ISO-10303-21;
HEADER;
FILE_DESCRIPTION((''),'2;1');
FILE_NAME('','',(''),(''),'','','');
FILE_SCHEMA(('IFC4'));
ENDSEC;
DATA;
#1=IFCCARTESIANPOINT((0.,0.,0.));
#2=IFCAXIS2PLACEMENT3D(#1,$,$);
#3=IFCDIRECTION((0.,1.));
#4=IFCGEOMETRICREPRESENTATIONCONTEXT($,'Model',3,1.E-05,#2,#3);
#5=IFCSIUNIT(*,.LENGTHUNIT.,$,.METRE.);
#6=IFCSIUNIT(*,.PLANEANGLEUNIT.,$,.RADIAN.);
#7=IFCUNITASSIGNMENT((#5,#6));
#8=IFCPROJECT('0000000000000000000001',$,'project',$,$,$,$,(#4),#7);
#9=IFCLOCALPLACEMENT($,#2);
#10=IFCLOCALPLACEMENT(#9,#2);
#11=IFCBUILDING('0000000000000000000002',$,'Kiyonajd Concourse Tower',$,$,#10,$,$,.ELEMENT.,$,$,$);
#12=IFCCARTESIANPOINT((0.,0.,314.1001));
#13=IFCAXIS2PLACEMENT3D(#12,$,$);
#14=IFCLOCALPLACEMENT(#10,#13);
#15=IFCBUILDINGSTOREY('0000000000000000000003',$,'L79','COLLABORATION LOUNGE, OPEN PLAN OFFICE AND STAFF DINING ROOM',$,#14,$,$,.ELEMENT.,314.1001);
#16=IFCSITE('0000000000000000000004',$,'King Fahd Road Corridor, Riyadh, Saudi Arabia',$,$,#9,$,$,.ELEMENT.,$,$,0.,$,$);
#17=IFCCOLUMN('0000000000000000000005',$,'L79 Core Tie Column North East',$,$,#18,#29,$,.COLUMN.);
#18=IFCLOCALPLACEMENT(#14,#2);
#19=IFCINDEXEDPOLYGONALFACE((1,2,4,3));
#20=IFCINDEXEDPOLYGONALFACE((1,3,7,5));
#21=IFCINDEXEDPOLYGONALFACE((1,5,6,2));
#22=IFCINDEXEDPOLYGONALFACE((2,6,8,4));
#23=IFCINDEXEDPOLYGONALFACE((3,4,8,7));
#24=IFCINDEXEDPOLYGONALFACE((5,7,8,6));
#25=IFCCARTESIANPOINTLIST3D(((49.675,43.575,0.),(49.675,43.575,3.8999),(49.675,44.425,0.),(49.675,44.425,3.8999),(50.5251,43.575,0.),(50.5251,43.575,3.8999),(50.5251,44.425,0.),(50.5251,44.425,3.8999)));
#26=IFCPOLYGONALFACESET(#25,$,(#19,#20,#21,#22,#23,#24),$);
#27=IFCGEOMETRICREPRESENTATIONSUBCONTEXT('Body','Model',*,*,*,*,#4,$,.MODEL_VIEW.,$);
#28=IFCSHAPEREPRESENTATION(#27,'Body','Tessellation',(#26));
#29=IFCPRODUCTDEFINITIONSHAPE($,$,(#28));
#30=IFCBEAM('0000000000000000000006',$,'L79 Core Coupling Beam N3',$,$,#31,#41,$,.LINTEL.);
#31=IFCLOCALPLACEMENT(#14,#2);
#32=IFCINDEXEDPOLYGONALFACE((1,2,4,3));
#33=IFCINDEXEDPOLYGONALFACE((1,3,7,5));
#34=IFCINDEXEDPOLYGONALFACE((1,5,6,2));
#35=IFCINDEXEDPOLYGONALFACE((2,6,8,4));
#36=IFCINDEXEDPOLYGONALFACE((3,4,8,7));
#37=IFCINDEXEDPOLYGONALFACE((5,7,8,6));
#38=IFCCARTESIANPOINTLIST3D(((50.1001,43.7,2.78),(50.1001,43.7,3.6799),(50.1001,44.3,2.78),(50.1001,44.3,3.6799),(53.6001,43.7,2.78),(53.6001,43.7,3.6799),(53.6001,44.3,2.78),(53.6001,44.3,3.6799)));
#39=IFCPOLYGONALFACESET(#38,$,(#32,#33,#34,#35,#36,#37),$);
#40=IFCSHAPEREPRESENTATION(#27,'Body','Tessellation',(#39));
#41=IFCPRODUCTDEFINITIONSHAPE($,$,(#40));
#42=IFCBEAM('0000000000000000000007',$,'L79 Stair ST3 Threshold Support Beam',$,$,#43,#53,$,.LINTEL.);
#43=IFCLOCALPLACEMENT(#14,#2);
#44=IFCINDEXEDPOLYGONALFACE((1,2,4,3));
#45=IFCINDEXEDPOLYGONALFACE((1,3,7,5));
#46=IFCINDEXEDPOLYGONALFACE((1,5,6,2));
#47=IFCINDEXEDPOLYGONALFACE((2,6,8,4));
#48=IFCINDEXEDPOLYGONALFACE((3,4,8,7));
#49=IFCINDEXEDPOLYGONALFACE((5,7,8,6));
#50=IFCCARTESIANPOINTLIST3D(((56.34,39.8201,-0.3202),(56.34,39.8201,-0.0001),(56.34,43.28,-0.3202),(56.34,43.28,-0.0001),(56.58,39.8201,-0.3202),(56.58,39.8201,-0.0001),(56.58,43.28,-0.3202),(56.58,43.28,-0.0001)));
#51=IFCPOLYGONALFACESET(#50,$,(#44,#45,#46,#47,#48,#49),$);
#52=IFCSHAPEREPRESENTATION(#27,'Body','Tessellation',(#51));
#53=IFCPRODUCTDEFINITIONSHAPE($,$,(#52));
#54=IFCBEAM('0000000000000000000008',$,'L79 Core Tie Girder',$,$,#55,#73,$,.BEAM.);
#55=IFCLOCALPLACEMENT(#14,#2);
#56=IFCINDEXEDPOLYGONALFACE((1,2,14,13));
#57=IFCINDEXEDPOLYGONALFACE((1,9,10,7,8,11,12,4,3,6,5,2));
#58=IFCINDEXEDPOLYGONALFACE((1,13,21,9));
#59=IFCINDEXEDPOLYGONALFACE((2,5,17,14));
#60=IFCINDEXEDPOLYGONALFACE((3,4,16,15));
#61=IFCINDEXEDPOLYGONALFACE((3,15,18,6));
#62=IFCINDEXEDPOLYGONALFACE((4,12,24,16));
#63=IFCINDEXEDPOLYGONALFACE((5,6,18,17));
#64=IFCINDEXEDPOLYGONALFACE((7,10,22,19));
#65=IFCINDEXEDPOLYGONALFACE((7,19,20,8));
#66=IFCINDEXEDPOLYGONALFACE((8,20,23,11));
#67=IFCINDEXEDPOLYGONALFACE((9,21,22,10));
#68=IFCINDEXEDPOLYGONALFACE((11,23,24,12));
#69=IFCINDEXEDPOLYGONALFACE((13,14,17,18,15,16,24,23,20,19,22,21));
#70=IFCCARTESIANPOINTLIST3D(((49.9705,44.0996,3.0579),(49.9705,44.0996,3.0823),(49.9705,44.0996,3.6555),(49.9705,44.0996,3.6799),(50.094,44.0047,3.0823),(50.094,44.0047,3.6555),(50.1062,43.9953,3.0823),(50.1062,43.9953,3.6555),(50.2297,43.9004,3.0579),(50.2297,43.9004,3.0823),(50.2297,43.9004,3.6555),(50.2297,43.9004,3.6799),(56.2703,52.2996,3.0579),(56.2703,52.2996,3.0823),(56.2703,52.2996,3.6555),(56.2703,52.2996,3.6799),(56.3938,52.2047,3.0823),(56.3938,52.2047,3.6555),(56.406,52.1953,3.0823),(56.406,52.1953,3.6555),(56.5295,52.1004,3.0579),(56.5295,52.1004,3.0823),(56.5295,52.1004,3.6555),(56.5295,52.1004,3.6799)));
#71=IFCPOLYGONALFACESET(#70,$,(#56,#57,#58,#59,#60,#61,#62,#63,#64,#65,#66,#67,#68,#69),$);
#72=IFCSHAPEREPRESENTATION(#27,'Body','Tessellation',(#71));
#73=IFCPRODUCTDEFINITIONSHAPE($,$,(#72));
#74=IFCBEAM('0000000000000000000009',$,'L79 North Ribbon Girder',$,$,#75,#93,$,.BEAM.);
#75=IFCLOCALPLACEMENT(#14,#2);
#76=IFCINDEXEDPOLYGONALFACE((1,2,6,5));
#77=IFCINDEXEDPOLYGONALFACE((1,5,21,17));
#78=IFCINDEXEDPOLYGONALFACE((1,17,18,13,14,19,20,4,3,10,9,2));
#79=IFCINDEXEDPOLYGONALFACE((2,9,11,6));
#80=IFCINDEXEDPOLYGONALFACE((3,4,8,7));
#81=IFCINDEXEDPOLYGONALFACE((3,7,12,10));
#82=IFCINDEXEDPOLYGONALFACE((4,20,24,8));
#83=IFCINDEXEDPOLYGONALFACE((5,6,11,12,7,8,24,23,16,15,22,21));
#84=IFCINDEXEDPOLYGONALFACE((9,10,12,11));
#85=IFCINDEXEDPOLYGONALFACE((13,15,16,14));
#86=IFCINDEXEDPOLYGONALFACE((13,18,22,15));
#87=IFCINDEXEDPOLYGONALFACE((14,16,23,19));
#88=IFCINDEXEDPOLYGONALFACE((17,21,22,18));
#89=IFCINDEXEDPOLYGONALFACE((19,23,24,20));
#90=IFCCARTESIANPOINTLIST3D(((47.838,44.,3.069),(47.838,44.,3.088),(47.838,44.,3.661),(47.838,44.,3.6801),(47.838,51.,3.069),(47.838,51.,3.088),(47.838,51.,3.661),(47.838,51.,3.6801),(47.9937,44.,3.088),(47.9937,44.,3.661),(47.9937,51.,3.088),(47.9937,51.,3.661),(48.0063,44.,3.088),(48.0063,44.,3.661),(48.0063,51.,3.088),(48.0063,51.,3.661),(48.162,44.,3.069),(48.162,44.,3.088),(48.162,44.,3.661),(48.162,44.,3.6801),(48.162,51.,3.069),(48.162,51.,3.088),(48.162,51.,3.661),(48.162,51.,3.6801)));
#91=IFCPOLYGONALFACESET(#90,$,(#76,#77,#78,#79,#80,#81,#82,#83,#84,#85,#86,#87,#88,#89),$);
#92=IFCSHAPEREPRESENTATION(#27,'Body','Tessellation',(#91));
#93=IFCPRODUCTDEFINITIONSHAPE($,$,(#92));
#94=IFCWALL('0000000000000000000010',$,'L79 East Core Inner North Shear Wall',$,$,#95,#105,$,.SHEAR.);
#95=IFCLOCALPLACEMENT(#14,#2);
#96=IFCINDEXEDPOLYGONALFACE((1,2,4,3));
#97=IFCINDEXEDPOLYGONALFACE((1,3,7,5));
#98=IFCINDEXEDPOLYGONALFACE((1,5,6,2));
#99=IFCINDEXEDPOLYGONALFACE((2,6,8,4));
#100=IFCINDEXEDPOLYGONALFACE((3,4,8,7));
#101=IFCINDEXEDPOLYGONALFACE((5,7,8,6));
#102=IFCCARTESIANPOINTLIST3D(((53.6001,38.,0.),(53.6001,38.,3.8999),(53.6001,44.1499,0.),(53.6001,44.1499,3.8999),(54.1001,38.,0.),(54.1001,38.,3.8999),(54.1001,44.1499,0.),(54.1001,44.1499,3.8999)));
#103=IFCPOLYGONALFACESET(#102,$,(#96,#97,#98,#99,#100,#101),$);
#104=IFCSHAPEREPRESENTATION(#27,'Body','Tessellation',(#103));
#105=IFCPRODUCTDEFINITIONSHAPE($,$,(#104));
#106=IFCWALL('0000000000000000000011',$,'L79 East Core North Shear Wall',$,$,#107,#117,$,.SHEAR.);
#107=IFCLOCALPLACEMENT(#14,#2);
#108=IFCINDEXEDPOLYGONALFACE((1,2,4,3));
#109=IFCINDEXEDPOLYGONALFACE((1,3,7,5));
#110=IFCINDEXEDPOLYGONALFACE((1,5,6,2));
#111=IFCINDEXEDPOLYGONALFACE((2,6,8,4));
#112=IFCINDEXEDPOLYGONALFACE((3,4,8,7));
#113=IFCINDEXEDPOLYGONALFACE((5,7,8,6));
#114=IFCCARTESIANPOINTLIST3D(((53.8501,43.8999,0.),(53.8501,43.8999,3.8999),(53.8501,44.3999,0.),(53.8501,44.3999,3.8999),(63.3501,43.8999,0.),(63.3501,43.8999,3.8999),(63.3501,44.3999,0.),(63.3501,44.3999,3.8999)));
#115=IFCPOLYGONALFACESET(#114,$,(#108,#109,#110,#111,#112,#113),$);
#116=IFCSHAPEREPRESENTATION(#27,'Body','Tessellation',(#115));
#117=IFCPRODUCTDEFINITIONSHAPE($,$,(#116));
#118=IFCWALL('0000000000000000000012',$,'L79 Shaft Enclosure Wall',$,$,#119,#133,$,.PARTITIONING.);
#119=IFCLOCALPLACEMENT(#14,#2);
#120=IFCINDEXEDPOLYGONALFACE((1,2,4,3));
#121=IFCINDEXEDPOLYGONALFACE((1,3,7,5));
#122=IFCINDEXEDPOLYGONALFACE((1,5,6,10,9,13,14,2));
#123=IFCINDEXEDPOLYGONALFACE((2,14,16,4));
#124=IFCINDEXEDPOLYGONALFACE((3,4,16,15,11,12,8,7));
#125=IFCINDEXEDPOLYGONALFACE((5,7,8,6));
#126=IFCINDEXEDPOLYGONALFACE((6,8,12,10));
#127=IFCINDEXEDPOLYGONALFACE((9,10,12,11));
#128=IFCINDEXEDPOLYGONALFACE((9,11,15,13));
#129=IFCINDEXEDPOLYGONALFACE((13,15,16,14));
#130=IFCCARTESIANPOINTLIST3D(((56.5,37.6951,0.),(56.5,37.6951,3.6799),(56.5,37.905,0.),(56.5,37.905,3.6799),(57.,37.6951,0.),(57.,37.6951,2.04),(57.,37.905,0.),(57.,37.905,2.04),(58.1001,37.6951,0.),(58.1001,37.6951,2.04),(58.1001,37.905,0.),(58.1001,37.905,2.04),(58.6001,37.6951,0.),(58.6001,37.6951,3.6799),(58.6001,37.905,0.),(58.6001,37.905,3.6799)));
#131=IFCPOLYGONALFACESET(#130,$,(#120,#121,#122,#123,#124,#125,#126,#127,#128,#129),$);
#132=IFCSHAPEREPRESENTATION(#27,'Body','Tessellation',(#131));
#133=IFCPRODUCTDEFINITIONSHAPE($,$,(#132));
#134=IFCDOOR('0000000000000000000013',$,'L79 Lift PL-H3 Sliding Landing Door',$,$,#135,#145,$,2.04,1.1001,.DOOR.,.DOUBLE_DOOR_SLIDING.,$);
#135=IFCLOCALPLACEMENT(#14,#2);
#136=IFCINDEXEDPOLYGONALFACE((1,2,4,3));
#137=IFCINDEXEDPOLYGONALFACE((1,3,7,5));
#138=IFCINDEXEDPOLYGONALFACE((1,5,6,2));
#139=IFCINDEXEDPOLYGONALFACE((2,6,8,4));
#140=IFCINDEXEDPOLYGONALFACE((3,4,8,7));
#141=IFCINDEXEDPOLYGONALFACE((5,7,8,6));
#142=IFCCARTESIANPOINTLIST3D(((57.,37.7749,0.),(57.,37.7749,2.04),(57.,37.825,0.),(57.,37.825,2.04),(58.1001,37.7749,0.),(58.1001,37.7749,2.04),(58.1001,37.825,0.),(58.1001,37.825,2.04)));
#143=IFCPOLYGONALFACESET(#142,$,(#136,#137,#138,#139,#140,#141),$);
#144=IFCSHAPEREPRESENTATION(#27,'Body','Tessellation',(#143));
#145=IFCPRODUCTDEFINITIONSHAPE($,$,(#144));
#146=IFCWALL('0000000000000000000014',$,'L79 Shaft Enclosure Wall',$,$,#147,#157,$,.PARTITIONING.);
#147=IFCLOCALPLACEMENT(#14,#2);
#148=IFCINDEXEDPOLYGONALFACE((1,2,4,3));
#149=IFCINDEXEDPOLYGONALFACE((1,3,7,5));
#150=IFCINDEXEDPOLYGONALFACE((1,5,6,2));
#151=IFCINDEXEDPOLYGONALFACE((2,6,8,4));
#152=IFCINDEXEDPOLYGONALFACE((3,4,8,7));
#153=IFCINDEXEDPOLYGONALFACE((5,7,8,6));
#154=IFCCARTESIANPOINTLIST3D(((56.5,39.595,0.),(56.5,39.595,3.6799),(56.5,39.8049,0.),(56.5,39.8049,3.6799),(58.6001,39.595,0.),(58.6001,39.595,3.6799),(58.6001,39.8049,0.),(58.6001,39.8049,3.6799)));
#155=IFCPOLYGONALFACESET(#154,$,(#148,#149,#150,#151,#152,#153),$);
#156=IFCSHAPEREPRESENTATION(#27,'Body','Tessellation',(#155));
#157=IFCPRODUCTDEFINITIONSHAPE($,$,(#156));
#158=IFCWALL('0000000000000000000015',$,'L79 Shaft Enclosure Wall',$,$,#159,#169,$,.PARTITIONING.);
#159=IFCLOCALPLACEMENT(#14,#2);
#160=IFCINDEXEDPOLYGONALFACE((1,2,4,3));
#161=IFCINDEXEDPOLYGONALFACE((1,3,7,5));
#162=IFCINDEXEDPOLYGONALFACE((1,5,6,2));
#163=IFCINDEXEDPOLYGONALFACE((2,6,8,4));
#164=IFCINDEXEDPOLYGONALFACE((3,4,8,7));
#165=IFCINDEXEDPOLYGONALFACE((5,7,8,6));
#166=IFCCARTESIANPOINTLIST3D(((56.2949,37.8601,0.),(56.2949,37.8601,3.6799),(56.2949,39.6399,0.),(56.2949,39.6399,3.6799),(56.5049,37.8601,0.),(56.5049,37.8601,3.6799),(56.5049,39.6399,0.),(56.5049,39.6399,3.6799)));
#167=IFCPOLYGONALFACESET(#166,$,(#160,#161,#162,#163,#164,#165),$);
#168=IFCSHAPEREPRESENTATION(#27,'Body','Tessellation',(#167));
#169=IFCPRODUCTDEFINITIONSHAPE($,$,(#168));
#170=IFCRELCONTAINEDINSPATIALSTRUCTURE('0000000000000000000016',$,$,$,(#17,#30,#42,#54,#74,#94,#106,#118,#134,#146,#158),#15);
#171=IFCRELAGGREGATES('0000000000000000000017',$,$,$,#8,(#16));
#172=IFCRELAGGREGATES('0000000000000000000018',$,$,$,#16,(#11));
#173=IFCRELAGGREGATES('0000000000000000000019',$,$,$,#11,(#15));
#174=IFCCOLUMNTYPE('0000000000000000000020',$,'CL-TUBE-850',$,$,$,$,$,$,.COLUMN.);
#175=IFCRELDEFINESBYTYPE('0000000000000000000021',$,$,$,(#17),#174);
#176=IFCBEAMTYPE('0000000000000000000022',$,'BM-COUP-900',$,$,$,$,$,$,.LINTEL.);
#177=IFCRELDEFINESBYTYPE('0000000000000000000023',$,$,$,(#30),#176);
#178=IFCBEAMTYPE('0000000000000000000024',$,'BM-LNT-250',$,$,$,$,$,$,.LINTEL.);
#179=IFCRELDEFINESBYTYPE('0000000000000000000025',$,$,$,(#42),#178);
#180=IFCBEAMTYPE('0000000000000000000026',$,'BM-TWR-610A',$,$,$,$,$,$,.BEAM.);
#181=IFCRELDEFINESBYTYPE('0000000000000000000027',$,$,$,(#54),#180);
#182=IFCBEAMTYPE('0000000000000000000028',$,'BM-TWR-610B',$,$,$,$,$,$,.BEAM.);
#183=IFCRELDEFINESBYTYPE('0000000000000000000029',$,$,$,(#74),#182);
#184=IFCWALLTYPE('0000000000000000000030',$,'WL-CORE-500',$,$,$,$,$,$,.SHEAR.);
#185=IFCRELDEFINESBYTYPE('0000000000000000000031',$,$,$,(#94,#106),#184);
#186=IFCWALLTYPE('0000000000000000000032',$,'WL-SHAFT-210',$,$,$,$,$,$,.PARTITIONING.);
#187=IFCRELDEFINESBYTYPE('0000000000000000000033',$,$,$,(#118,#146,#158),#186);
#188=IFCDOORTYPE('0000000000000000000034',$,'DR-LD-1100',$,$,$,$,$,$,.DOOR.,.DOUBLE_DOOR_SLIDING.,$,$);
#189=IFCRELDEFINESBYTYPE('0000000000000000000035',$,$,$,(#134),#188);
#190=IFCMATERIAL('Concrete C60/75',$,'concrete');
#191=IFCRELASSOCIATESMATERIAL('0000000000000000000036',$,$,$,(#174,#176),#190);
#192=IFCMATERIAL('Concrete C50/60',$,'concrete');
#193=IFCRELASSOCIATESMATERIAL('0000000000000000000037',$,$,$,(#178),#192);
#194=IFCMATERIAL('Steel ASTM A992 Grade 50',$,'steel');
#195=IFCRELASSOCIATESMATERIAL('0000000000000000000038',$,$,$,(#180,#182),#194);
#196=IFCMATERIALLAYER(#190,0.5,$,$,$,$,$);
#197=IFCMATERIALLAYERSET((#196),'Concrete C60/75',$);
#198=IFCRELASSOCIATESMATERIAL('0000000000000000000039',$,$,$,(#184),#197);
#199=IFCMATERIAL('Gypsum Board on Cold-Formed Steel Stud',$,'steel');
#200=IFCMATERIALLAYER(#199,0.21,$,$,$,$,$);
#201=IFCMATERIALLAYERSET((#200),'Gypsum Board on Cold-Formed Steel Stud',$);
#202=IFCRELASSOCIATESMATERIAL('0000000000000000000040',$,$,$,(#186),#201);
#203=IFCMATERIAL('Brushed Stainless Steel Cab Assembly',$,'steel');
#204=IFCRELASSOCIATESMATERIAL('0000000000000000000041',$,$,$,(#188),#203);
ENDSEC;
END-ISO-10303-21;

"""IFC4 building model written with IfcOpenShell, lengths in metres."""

from ifc_helpers import new_model, si_unit, direction, frame, frame_2d, origin, origin_2d, place, context, subcontext, project, spatial, rectangle, i_section, extrude, material, layer, layer_set, material_profile, profile_set, type_object, element, fill, save


model = new_model("IFC4")

# Units and contexts
model_context = context("Model", 3, precision=1e-05, world=origin(), true_north=direction((0.0, 1.0)))
body_context = subcontext(model_context, "Body", "Model", "MODEL_VIEW")
ifc_project = project(units=[si_unit("LENGTHUNIT", "METRE"), si_unit("PLANEANGLEUNIT", "RADIAN")], contexts=[model_context])

# Site, building, storey
site_placement = place(None, origin())
site = spatial("IfcSite", under=ifc_project, at=site_placement, Name="King Fahd Road Corridor, Riyadh, Saudi Arabia", CompositionType="ELEMENT", RefElevation=0.0)
building_placement = place(site_placement, origin())
building = spatial("IfcBuilding", under=site, at=building_placement, Name="Kiyonajd Concourse Tower", CompositionType="ELEMENT")
storey_placement = place(building_placement, frame((0.0, 0.0, 314.1001)))
storey = spatial("IfcBuildingStorey", under=building, at=storey_placement, Name="L79", Description="COLLABORATION LOUNGE, OPEN PLAN OFFICE AND STAFF DINING ROOM", CompositionType="ELEMENT", Elevation=314.1001)

# Column
ifc_material_1 = material(Name="Concrete C60/75", Category="concrete")
ifc_material_profile_1 = material_profile(ifc_material_1, rectangle(XDim=0.8501, YDim=0.8501, at=origin_2d()), Name="RC-850x850")
ifc_profile_set_1 = profile_set([ifc_material_profile_1], Name="Concrete C60/75")
column_type = type_object("IfcColumnType", Name="CL-TUBE-850", PredefinedType="COLUMN", material=ifc_profile_set_1)
column_placement = place(storey_placement, frame((50.1001, 44.0, 0.0), z_axis=(0.0, 0.0, 1.0), x_axis=(1.0, 0.0, 0.0)))
element("IfcColumn", 1, at=column_placement, inside=storey, type_object=column_type, Name="L79 Core Tie Column North East", PredefinedType="COLUMN", context=body_context, shape_type="SweptSolid", body=[
    extrude(rectangle(XDim=0.8501, YDim=0.8501, at=origin_2d()), origin(), (0.0, 0.0, 1.0), 3.8999),
])

# Beams
ifc_material_profile_2 = material_profile(ifc_material_1, rectangle(XDim=0.6001, YDim=0.8999, at=origin_2d()), Name="RCBM-600x900")
ifc_profile_set_2 = profile_set([ifc_material_profile_2], Name="Concrete C60/75")
beam_type_1 = type_object("IfcBeamType", Name="BM-COUP-900", PredefinedType="LINTEL", material=ifc_profile_set_2)
beam_1_placement = place(storey_placement, frame((50.1001, 44.0, 3.23), z_axis=(1.0, 0.0, 0.0), x_axis=(0.0, 1.0, 0.0)))
element("IfcBeam", 2, at=beam_1_placement, inside=storey, type_object=beam_type_1, Name="L79 Core Coupling Beam N3", PredefinedType="LINTEL", context=body_context, shape_type="SweptSolid", body=[
    extrude(rectangle(XDim=0.6001, YDim=0.8999, at=origin_2d()), origin(), (0.0, 0.0, 1.0), 3.5),
])
ifc_material_2 = material(Name="Concrete C50/60", Category="concrete")
ifc_material_profile_3 = material_profile(ifc_material_2, rectangle(XDim=0.24, YDim=0.3201, at=origin_2d()), Name="RCBM-240x320")
ifc_profile_set_3 = profile_set([ifc_material_profile_3], Name="Concrete C50/60")
beam_type_2 = type_object("IfcBeamType", Name="BM-LNT-250", PredefinedType="LINTEL", material=ifc_profile_set_3)
beam_2_placement = place(storey_placement, frame((56.46, 39.8201, -0.1602), z_axis=(0.0, 1.0, 0.0), x_axis=(-1.0, 0.0, 0.0)))
element("IfcBeam", 3, at=beam_2_placement, inside=storey, type_object=beam_type_2, Name="L79 Stair ST3 Threshold Support Beam", PredefinedType="LINTEL", context=body_context, shape_type="SweptSolid", body=[
    extrude(rectangle(XDim=0.24, YDim=0.3201, at=origin_2d()), origin(), (0.0, 0.0, 1.0), 3.46),
])
ifc_material_3 = material(Name="Steel ASTM A992 Grade 50", Category="steel")
ifc_material_profile_4 = material_profile(ifc_material_3, i_section(OverallWidth=0.3269, OverallDepth=0.6221, WebThickness=0.0154, FlangeThickness=0.0244, at=origin_2d()), Name="W610X195")
ifc_profile_set_4 = profile_set([ifc_material_profile_4], Name="Steel ASTM A992 Grade 50")
beam_type_3 = type_object("IfcBeamType", Name="BM-TWR-610A", PredefinedType="BEAM", material=ifc_profile_set_4)
beam_3_placement = place(storey_placement, frame((50.1001, 44.0, 3.3689), z_axis=(0.609234, 0.792991, 0.0), x_axis=(-0.792991, 0.609234, 0.0)))
element("IfcBeam", 4, at=beam_3_placement, inside=storey, type_object=beam_type_3, Name="L79 Core Tie Girder", PredefinedType="BEAM", context=body_context, shape_type="SweptSolid", body=[
    extrude(i_section(OverallWidth=0.3269, OverallDepth=0.6221, WebThickness=0.0154, FlangeThickness=0.0244, at=origin_2d()), origin(), (0.0, 0.0, 1.0), 10.3406),
])
ifc_material_profile_5 = material_profile(ifc_material_3, i_section(OverallWidth=0.324, OverallDepth=0.6111, WebThickness=0.0127, FlangeThickness=0.019, at=origin_2d()), Name="W610X155")
ifc_profile_set_5 = profile_set([ifc_material_profile_5], Name="Steel ASTM A992 Grade 50")
beam_type_4 = type_object("IfcBeamType", Name="BM-TWR-610B", PredefinedType="BEAM", material=ifc_profile_set_5)
beam_4_placement = place(storey_placement, frame((48.0, 44.0, 3.3745), z_axis=(0.0, 1.0, 0.0), x_axis=(-1.0, 0.0, 0.0)))
element("IfcBeam", 5, at=beam_4_placement, inside=storey, type_object=beam_type_4, Name="L79 North Ribbon Girder", PredefinedType="BEAM", context=body_context, shape_type="SweptSolid", body=[
    extrude(i_section(OverallWidth=0.324, OverallDepth=0.6111, WebThickness=0.0127, FlangeThickness=0.019, at=origin_2d()), origin(), (0.0, 0.0, 1.0), 7.0),
])

# Walls
ifc_layer_1 = layer(ifc_material_1, 0.5)
ifc_layer_set_1 = layer_set([ifc_layer_1], Name="Concrete C60/75")
wall_type_1 = type_object("IfcWallType", Name="WL-CORE-500", PredefinedType="SHEAR", material=ifc_layer_set_1)
wall_1_placement = place(storey_placement, frame((53.8501, 38.0, 0.0), z_axis=(0.0, 0.0, 1.0), x_axis=(0.0, 1.0, 0.0)))
element("IfcWall", 6, at=wall_1_placement, inside=storey, type_object=wall_type_1, Name="L79 East Core Inner North Shear Wall", PredefinedType="SHEAR", context=body_context, shape_type="SweptSolid", body=[
    extrude(rectangle(XDim=6.1499, YDim=0.5, at=frame_2d((3.075, 0.0))), origin(), (0.0, 0.0, 1.0), 3.8999),
])
wall_2_placement = place(storey_placement, frame((53.8501, 44.1499, 0.0), z_axis=(0.0, 0.0, 1.0), x_axis=(1.0, 0.0, 0.0)))
element("IfcWall", 7, at=wall_2_placement, inside=storey, type_object=wall_type_1, Name="L79 East Core North Shear Wall", PredefinedType="SHEAR", context=body_context, shape_type="SweptSolid", body=[
    extrude(rectangle(XDim=9.5, YDim=0.5, at=frame_2d((4.75, 0.0))), origin(), (0.0, 0.0, 1.0), 3.8999),
])

# Wall, opening, door
ifc_material_4 = material(Name="Gypsum Board on Cold-Formed Steel Stud", Category="steel")
ifc_layer_2 = layer(ifc_material_4, 0.21)
ifc_layer_set_2 = layer_set([ifc_layer_2], Name="Gypsum Board on Cold-Formed Steel Stud")
wall_type_2 = type_object("IfcWallType", Name="WL-SHAFT-210", PredefinedType="PARTITIONING", material=ifc_layer_set_2)
wall_3_placement = place(storey_placement, frame((56.5, 37.8, 0.0), z_axis=(0.0, 0.0, 1.0), x_axis=(1.0, 0.0, 0.0)))
wall_3 = element("IfcWall", 8, at=wall_3_placement, inside=storey, type_object=wall_type_2, Name="L79 Shaft Enclosure Wall", PredefinedType="PARTITIONING", context=body_context, shape_type="SweptSolid", body=[
    extrude(rectangle(XDim=2.1001, YDim=0.21, at=frame_2d((1.05, 0.0))), origin(), (0.0, 0.0, 1.0), 3.6799),
])
opening_1_placement = place(wall_3_placement, frame((0.5, 0.0, 0.0)))
opening_1 = element("IfcOpeningElement", 9, at=opening_1_placement, cuts=wall_3, PredefinedType="OPENING", context=body_context, shape_type="SweptSolid", body=[
    extrude(rectangle(XDim=1.1001, YDim=2.04, at=frame_2d((0.55, 1.02))), frame((0.0, 0.115, 0.0), z_axis=(0.0, -1.0, 0.0), x_axis=(1.0, 0.0, 0.0)), (0.0, 0.0, 1.0), 0.23),
])
ifc_material_5 = material(Name="Brushed Stainless Steel Cab Assembly", Category="steel")
door_type_1 = type_object("IfcDoorType", Name="DR-LD-1100", OperationType="DOUBLE_DOOR_SLIDING", PredefinedType="DOOR", material=ifc_material_5)
door_1_placement = place(opening_1_placement, origin())
door_1 = element("IfcDoor", 10, at=door_1_placement, inside=storey, type_object=door_type_1, Name="L79 Lift PL-H3 Sliding Landing Door", OperationType="DOUBLE_DOOR_SLIDING", OverallHeight=2.04, OverallWidth=1.1001, PredefinedType="DOOR", context=body_context, shape_type="SweptSolid", body=[
    extrude(rectangle(XDim=1.1001, YDim=2.04, at=frame_2d((0.55, 1.02))), frame((0.0, 0.0249, 0.0), z_axis=(0.0, -1.0, 0.0), x_axis=(1.0, 0.0, 0.0)), (0.0, 0.0, 1.0), 0.05),
])
fill(opening_1, door_1)

# Walls
wall_4_placement = place(storey_placement, frame((56.5, 39.7, 0.0), z_axis=(0.0, 0.0, 1.0), x_axis=(1.0, 0.0, 0.0)))
element("IfcWall", 11, at=wall_4_placement, inside=storey, type_object=wall_type_2, Name="L79 Shaft Enclosure Wall", PredefinedType="PARTITIONING", context=body_context, shape_type="SweptSolid", body=[
    extrude(rectangle(XDim=2.1001, YDim=0.21, at=frame_2d((1.05, 0.0))), origin(), (0.0, 0.0, 1.0), 3.6799),
])
wall_5_placement = place(storey_placement, frame((56.3999, 37.8601, 0.0), z_axis=(0.0, 0.0, 1.0), x_axis=(0.0, 1.0, 0.0)))
element("IfcWall", 12, at=wall_5_placement, inside=storey, type_object=wall_type_2, Name="L79 Shaft Enclosure Wall", PredefinedType="PARTITIONING", context=body_context, shape_type="SweptSolid", body=[
    extrude(rectangle(XDim=1.7798, YDim=0.21, at=frame_2d((0.8899, 0.0))), origin(), (0.0, 0.0, 1.0), 3.6799),
])

save(model, "model.ifc")
